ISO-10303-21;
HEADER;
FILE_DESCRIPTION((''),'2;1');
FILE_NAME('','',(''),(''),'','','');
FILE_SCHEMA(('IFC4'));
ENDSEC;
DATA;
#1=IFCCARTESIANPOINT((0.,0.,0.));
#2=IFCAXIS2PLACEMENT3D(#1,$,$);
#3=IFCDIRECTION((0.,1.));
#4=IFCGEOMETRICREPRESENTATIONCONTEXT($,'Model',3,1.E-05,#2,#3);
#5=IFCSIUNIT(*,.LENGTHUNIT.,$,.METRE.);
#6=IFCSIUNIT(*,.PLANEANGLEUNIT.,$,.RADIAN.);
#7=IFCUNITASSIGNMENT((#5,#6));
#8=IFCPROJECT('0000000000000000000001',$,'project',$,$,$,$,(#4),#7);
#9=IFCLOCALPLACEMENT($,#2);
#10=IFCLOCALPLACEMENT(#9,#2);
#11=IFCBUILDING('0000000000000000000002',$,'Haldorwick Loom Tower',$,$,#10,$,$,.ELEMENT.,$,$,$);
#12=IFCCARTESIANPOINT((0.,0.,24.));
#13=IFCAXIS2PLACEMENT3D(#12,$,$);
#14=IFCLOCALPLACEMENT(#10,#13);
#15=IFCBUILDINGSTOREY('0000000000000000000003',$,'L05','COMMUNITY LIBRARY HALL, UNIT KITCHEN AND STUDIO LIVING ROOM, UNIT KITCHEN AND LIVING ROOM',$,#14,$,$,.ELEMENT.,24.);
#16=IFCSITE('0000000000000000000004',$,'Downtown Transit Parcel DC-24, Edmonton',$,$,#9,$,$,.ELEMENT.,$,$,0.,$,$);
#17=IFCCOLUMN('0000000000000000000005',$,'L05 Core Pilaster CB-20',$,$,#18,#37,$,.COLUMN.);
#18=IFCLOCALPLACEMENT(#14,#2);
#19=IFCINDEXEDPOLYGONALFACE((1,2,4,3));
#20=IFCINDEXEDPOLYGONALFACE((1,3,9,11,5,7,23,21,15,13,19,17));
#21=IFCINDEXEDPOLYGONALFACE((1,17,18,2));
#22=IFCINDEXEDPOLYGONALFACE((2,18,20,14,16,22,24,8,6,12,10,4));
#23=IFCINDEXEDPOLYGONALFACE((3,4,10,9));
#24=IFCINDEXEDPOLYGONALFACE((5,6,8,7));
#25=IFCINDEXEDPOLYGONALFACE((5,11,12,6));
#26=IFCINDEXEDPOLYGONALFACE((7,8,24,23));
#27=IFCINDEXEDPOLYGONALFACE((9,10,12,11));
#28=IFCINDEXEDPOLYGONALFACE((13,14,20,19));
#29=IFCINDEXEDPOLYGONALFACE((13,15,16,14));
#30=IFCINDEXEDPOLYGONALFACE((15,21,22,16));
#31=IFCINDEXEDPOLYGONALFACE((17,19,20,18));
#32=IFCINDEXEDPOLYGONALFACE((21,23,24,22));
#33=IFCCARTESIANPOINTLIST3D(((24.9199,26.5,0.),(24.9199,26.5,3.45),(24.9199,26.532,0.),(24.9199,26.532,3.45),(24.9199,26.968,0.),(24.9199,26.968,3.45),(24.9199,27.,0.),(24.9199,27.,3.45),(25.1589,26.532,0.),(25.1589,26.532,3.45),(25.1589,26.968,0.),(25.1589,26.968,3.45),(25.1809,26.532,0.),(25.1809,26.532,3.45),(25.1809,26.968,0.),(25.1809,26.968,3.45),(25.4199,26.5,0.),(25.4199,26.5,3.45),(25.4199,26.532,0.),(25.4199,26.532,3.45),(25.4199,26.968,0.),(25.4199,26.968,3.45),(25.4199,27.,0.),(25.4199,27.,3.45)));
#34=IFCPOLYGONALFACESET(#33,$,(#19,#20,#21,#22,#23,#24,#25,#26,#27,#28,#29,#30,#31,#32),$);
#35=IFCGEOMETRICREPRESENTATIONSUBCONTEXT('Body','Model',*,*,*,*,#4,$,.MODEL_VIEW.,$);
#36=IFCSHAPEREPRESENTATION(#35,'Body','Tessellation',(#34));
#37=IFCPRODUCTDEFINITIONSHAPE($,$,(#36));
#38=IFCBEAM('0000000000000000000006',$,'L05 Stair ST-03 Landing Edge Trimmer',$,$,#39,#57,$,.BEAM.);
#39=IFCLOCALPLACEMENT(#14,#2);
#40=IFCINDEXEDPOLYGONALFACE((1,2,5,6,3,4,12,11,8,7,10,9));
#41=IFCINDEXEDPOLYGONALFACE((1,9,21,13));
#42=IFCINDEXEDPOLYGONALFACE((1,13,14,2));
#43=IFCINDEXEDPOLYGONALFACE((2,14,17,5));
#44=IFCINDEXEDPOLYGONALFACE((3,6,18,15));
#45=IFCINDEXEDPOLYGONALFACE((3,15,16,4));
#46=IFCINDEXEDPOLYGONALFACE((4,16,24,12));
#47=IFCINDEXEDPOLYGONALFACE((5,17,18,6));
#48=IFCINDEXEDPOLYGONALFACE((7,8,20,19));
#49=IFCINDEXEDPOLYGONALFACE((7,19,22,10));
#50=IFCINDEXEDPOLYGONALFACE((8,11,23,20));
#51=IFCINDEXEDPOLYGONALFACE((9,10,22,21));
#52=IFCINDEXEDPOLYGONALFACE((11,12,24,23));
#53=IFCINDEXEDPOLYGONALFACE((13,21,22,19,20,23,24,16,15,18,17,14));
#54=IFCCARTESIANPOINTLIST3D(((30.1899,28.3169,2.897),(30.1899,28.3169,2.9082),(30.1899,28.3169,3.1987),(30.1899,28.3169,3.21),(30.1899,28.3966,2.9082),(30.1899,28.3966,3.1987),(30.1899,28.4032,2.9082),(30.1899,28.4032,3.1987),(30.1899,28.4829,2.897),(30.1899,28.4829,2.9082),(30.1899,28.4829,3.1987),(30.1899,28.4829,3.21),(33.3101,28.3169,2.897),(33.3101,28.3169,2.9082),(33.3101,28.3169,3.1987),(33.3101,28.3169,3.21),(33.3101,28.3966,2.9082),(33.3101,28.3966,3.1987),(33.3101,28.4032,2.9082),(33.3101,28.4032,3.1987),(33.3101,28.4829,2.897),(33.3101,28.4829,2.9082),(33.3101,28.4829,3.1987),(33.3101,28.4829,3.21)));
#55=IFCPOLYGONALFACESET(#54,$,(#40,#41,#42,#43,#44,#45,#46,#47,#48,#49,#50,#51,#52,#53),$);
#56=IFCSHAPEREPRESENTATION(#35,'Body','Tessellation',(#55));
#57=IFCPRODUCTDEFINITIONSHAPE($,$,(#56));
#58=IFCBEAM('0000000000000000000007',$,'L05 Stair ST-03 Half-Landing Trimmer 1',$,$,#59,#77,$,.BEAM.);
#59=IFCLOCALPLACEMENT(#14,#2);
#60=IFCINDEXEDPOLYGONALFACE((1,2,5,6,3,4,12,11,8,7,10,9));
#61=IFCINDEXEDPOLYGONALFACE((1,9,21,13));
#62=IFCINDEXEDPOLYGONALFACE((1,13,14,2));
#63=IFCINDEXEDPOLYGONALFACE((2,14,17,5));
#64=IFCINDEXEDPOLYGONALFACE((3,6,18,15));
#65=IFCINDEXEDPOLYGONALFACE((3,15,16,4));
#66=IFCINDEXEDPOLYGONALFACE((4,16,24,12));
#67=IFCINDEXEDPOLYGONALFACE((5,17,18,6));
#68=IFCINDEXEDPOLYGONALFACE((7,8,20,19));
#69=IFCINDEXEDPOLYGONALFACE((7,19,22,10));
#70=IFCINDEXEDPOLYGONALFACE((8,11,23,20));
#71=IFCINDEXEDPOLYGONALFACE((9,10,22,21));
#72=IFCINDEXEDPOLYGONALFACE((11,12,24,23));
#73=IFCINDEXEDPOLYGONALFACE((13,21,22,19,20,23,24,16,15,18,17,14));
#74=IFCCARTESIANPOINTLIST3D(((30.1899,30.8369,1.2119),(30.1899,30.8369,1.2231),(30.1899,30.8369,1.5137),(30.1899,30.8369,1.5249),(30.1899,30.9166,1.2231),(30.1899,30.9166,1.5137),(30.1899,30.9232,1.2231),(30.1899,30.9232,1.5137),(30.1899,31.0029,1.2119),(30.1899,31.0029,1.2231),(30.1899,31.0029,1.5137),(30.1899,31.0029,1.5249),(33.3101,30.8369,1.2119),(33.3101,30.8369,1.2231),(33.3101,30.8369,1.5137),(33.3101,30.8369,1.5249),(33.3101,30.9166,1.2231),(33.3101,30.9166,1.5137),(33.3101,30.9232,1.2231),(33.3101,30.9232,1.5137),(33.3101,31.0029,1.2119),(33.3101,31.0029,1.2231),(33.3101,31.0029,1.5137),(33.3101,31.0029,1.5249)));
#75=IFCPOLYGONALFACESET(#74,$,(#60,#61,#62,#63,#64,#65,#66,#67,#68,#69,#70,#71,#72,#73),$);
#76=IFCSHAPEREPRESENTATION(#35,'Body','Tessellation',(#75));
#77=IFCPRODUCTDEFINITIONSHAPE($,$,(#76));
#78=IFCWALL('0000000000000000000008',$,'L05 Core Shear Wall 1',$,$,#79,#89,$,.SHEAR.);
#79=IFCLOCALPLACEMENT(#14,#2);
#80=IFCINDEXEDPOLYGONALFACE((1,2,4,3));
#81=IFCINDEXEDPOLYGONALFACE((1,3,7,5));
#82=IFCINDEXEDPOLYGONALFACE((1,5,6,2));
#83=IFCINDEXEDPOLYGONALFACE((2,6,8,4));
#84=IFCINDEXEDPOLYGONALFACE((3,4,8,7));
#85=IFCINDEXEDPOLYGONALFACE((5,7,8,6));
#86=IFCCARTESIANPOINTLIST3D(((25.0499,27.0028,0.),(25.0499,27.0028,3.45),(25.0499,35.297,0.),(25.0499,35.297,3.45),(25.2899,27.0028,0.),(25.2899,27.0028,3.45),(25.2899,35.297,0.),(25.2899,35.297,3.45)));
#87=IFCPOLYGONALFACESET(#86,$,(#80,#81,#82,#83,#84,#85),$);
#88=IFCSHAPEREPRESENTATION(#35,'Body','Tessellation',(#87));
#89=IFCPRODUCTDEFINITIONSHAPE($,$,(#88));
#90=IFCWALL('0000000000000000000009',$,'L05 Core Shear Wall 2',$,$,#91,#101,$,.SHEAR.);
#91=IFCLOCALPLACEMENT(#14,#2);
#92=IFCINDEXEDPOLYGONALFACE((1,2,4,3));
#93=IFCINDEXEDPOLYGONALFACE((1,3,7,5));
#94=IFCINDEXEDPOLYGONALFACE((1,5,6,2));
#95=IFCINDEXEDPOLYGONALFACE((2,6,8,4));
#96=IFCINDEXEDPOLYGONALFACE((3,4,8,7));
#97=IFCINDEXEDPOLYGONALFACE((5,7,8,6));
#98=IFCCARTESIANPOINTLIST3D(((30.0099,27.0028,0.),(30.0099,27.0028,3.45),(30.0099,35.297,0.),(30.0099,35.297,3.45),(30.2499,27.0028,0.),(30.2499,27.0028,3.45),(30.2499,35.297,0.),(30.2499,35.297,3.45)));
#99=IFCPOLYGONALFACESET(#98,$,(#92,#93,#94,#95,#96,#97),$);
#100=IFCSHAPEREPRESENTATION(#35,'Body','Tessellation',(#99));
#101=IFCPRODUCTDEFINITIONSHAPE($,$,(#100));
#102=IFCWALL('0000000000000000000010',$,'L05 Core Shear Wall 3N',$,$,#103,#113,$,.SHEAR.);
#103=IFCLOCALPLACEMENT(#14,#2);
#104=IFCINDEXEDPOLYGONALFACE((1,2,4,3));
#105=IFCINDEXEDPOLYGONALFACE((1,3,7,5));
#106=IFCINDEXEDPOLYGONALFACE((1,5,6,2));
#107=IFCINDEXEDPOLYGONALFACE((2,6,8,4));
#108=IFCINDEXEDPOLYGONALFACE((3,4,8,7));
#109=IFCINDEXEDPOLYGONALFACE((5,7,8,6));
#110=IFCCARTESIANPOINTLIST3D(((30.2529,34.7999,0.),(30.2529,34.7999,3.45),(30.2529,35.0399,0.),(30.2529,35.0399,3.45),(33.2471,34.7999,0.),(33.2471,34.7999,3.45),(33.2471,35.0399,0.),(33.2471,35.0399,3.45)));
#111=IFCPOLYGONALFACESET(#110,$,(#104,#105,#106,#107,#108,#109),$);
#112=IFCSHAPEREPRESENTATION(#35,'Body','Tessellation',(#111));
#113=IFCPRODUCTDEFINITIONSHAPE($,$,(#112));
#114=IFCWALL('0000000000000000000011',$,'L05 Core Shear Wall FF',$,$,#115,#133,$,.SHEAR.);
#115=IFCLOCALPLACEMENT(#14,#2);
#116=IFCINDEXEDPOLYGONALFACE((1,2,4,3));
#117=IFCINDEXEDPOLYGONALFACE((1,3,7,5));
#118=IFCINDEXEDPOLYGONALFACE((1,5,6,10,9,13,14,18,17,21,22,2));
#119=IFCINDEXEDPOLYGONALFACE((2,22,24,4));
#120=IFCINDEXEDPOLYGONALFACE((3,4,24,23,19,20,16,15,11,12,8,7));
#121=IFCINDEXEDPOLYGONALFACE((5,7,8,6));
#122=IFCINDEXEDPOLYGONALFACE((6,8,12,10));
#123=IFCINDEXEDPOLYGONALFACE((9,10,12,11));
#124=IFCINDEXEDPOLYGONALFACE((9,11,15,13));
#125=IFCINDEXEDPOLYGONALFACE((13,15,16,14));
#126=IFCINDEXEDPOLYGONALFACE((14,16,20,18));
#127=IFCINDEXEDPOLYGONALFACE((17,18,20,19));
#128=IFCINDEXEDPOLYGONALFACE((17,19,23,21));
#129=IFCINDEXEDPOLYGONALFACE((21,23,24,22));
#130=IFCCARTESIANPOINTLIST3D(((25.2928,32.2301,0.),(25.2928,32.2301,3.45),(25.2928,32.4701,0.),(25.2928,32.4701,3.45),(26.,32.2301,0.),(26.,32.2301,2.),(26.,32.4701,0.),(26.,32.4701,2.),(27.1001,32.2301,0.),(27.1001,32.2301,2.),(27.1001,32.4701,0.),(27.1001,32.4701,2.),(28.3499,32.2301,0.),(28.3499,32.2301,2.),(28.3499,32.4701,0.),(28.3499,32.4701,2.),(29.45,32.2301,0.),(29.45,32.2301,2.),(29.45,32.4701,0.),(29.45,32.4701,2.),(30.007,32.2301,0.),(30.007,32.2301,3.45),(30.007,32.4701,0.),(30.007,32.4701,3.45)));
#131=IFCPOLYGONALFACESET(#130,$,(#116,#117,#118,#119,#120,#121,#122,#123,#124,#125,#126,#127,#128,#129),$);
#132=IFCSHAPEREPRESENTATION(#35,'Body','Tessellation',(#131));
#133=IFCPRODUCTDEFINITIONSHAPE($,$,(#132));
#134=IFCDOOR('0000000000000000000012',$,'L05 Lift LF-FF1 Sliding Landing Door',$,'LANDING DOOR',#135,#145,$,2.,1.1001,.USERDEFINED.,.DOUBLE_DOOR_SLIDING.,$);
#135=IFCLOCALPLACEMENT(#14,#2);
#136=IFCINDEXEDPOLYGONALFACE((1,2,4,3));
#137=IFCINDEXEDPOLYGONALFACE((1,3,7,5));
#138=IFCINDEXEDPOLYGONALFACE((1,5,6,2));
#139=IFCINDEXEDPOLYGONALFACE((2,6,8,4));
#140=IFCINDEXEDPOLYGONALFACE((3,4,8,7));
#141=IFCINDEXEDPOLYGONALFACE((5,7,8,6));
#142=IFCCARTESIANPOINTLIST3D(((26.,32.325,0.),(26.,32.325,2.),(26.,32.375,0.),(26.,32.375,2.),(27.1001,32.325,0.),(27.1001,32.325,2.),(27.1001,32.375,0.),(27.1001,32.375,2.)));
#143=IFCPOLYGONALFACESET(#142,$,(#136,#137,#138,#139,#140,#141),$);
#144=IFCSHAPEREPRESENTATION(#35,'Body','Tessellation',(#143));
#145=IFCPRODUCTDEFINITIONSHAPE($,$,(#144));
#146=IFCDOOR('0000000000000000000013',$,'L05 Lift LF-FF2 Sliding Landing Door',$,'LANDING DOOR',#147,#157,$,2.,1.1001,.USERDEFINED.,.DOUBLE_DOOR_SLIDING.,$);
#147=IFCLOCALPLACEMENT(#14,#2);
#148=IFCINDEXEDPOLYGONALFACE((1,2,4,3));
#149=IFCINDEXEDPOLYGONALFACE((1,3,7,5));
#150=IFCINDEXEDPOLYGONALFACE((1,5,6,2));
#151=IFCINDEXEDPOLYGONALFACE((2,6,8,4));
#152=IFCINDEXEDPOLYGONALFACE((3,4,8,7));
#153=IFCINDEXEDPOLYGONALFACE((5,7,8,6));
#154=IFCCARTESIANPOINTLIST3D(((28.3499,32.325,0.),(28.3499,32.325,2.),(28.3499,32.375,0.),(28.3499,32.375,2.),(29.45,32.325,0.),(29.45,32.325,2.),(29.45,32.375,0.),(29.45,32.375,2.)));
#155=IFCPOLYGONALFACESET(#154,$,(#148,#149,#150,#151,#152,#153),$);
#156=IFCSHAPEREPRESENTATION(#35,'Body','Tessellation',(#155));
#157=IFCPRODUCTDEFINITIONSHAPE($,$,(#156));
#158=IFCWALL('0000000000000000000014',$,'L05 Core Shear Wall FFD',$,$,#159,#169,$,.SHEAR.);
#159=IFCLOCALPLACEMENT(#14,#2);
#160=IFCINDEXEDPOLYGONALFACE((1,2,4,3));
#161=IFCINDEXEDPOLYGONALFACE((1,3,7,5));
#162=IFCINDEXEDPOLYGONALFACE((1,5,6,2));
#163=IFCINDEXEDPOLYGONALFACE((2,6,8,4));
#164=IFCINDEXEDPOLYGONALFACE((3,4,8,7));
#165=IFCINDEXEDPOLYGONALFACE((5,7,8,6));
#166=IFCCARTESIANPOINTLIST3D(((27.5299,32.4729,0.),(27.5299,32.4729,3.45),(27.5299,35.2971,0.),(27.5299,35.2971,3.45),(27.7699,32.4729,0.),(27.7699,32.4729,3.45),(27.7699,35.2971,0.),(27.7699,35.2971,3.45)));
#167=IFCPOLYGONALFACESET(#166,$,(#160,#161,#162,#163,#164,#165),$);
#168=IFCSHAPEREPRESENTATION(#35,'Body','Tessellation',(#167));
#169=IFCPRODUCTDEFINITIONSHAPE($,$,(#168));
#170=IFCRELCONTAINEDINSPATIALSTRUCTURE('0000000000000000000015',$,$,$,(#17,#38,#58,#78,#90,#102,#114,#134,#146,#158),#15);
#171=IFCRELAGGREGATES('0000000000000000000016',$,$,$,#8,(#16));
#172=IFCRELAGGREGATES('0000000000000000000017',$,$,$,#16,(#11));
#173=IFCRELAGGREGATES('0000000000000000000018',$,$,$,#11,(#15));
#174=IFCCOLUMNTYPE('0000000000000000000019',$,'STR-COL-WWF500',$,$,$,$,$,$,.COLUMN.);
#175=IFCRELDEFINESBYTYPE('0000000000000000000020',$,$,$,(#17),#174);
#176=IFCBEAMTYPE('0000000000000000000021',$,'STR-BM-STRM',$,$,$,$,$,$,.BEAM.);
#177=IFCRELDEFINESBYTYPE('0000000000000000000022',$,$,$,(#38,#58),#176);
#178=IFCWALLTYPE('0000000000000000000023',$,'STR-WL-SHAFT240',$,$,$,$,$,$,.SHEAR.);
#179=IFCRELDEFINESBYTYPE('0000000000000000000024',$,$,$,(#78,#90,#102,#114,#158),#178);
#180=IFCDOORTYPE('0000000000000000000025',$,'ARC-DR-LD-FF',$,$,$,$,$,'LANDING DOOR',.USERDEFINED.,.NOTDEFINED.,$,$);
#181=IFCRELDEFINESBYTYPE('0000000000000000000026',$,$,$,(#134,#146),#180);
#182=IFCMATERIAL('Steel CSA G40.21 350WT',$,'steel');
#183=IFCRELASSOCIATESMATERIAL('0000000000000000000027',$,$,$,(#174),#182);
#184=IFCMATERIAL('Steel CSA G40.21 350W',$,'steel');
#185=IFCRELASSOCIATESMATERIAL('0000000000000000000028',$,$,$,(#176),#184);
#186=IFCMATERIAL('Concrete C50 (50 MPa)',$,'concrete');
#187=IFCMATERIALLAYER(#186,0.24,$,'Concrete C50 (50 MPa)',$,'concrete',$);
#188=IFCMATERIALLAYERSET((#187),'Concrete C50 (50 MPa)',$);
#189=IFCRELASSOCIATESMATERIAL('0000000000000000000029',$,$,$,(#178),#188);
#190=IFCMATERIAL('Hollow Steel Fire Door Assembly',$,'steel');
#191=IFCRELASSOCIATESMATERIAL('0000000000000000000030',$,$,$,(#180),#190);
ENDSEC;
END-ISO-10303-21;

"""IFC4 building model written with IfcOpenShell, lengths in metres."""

from ifc_helpers import new_model, si_unit, direction, frame, frame_2d, origin, origin_2d, place, context, subcontext, project, spatial, rectangle, i_section, extrude, material, layer, layer_set, material_profile, profile_set, type_object, element, fill, save


model = new_model("IFC4")

# Units and contexts
model_context = context("Model", 3, precision=1e-05, world=origin(), true_north=direction((0.0, 1.0)))
body_context = subcontext(model_context, "Body", "Model", "MODEL_VIEW")
ifc_project = project(units=[si_unit("LENGTHUNIT", "METRE"), si_unit("PLANEANGLEUNIT", "RADIAN")], contexts=[model_context])

# Site, building, storey
site_placement = place(None, origin())
site = spatial("IfcSite", under=ifc_project, at=site_placement, Name="Downtown Transit Parcel DC-24, Edmonton", CompositionType="ELEMENT", RefElevation=0.0)
building_placement = place(site_placement, origin())
building = spatial("IfcBuilding", under=site, at=building_placement, Name="Haldorwick Loom Tower", CompositionType="ELEMENT")
storey_placement = place(building_placement, frame((0.0, 0.0, 24.0)))
storey = spatial("IfcBuildingStorey", under=building, at=storey_placement, Name="L05", Description="COMMUNITY LIBRARY HALL, UNIT KITCHEN AND STUDIO LIVING ROOM, UNIT KITCHEN AND LIVING ROOM", CompositionType="ELEMENT", Elevation=24.0)

# Column
ifc_material_1 = material(Name="Steel CSA G40.21 350WT", Category="steel")
ifc_material_profile_1 = material_profile(ifc_material_1, i_section(OverallWidth=0.5, OverallDepth=0.5, WebThickness=0.022, FlangeThickness=0.032, at=origin_2d()), Name="WWF500X500", Category="steel")
ifc_profile_set_1 = profile_set([ifc_material_profile_1], Name="Steel CSA G40.21 350WT")
column_type = type_object("IfcColumnType", Name="STR-COL-WWF500", PredefinedType="COLUMN", material=ifc_profile_set_1)
column_placement = place(storey_placement, frame((25.1699, 26.75, 0.0), z_axis=(0.0, 0.0, 1.0), x_axis=(1.0, 0.0, 0.0)))
element("IfcColumn", 1, at=column_placement, inside=storey, type_object=column_type, Name="L05 Core Pilaster CB-20", PredefinedType="COLUMN", context=body_context, shape_type="SweptSolid", body=[
    extrude(i_section(OverallWidth=0.5, OverallDepth=0.5, WebThickness=0.022, FlangeThickness=0.032, at=origin_2d()), origin(), (0.0, 0.0, 1.0), 3.45),
])

# Beams
ifc_material_2 = material(Name="Steel CSA G40.21 350W", Category="steel")
ifc_material_profile_2 = material_profile(ifc_material_2, i_section(OverallWidth=0.166, OverallDepth=0.313, WebThickness=0.0066, FlangeThickness=0.0112, at=origin_2d()), Name="W310X45", Category="steel")
ifc_profile_set_2 = profile_set([ifc_material_profile_2], Name="Steel CSA G40.21 350W")
beam_type = type_object("IfcBeamType", Name="STR-BM-STRM", PredefinedType="BEAM", material=ifc_profile_set_2)
for number, where, z_axis, x_axis, name in (
    (2, (30.1899, 28.3999, 3.0535), (1.0, 0.0, 0.0), (0.0, 1.0, 0.0), "L05 Stair ST-03 Landing Edge Trimmer"),
    (3, (30.1899, 30.9199, 1.3684), (1.0, 0.0, 0.0), (0.0, 1.0, 0.0), "L05 Stair ST-03 Half-Landing Trimmer 1"),
):
    element("IfcBeam", number, at=place(storey_placement, frame(where, z_axis=z_axis, x_axis=x_axis)), inside=storey, type_object=beam_type, Name=name, PredefinedType="BEAM", context=body_context, shape_type="SweptSolid", body=[
        extrude(i_section(OverallWidth=0.166, OverallDepth=0.313, WebThickness=0.0066, FlangeThickness=0.0112, at=origin_2d()), origin(), (0.0, 0.0, 1.0), 3.1201),
    ])

# Walls
ifc_material_3 = material(Name="Concrete C50 (50 MPa)", Category="concrete")
ifc_layer = layer(ifc_material_3, 0.24, Name="Concrete C50 (50 MPa)", Category="concrete")
ifc_layer_set = layer_set([ifc_layer], Name="Concrete C50 (50 MPa)")
wall_type = type_object("IfcWallType", Name="STR-WL-SHAFT240", PredefinedType="SHEAR", material=ifc_layer_set)
for number, where, z_axis, x_axis, name in (
    (4, (25.1699, 27.0029, 0.0), (0.0, 0.0, 1.0), (0.0, 1.0, 0.0), "L05 Core Shear Wall 1"),
    (5, (30.1299, 27.0029, 0.0), (0.0, 0.0, 1.0), (0.0, 1.0, 0.0), "L05 Core Shear Wall 2"),
):
    element("IfcWall", number, at=place(storey_placement, frame(where, z_axis=z_axis, x_axis=x_axis)), inside=storey, type_object=wall_type, Name=name, PredefinedType="SHEAR", context=body_context, shape_type="SweptSolid", body=[
        extrude(rectangle(XDim=8.2942, YDim=0.24, at=frame_2d((4.147, 0.0))), origin(), (0.0, 0.0, 1.0), 3.45),
    ])
wall_1_placement = place(storey_placement, frame((30.2529, 34.9199, 0.0), z_axis=(0.0, 0.0, 1.0), x_axis=(1.0, 0.0, 0.0)))
element("IfcWall", 6, at=wall_1_placement, inside=storey, type_object=wall_type, Name="L05 Core Shear Wall 3N", PredefinedType="SHEAR", context=body_context, shape_type="SweptSolid", body=[
    extrude(rectangle(XDim=2.9941, YDim=0.24, at=frame_2d((1.4971, 0.0))), origin(), (0.0, 0.0, 1.0), 3.45),
])

# Wall, openings, doors
wall_2_placement = place(storey_placement, frame((25.293, 32.3501, 0.0), z_axis=(0.0, 0.0, 1.0), x_axis=(1.0, 0.0, 0.0)))
wall_2 = element("IfcWall", 7, at=wall_2_placement, inside=storey, type_object=wall_type, Name="L05 Core Shear Wall FF", PredefinedType="SHEAR", context=body_context, shape_type="SweptSolid", body=[
    extrude(rectangle(XDim=4.7141, YDim=0.24, at=frame_2d((2.3569, 0.0))), origin(), (0.0, 0.0, 1.0), 3.45),
])
opening_1_placement = place(wall_2_placement, frame((0.707, 0.0, 0.0)))
opening_1 = element("IfcOpeningElement", 8, at=opening_1_placement, cuts=wall_2, PredefinedType="OPENING", context=body_context, shape_type="SweptSolid", body=[
    extrude(rectangle(XDim=1.1001, YDim=2.0, at=frame_2d((0.55, 1.0))), frame((0.0, 0.1299, 0.0), z_axis=(0.0, -1.0, 0.0), x_axis=(1.0, 0.0, 0.0)), (0.0, 0.0, 1.0), 0.26),
])
opening_2_placement = place(wall_2_placement, frame((3.0569, 0.0, 0.0)))
opening_2 = element("IfcOpeningElement", 9, at=opening_2_placement, cuts=wall_2, PredefinedType="OPENING", context=body_context, shape_type="SweptSolid", body=[
    extrude(rectangle(XDim=1.1001, YDim=2.0, at=frame_2d((0.55, 1.0))), frame((0.0, 0.1299, 0.0), z_axis=(0.0, -1.0, 0.0), x_axis=(1.0, 0.0, 0.0)), (0.0, 0.0, 1.0), 0.26),
])
ifc_material_4 = material(Name="Hollow Steel Fire Door Assembly", Category="steel")
door_type = type_object("IfcDoorType", Name="ARC-DR-LD-FF", ElementType="LANDING DOOR", OperationType="NOTDEFINED", PredefinedType="USERDEFINED", material=ifc_material_4)
door_1_placement = place(opening_1_placement, origin())
door_1 = element("IfcDoor", 10, at=door_1_placement, inside=storey, type_object=door_type, Name="L05 Lift LF-FF1 Sliding Landing Door", ObjectType="LANDING DOOR", OperationType="DOUBLE_DOOR_SLIDING", OverallHeight=2.0, OverallWidth=1.1001, PredefinedType="USERDEFINED", context=body_context, shape_type="SweptSolid", body=[
    extrude(rectangle(XDim=1.1001, YDim=2.0, at=frame_2d((0.55, 1.0))), frame((0.0, 0.0249, 0.0), z_axis=(0.0, -1.0, 0.0), x_axis=(1.0, 0.0, 0.0)), (0.0, 0.0, 1.0), 0.05),
])
fill(opening_1, door_1)
door_2_placement = place(opening_2_placement, origin())
door_2 = element("IfcDoor", 11, at=door_2_placement, inside=storey, type_object=door_type, Name="L05 Lift LF-FF2 Sliding Landing Door", ObjectType="LANDING DOOR", OperationType="DOUBLE_DOOR_SLIDING", OverallHeight=2.0, OverallWidth=1.1001, PredefinedType="USERDEFINED", context=body_context, shape_type="SweptSolid", body=[
    extrude(rectangle(XDim=1.1001, YDim=2.0, at=frame_2d((0.55, 1.0))), frame((0.0, 0.0249, 0.0), z_axis=(0.0, -1.0, 0.0), x_axis=(1.0, 0.0, 0.0)), (0.0, 0.0, 1.0), 0.05),
])
fill(opening_2, door_2)

# Wall
wall_3_placement = place(storey_placement, frame((27.6499, 32.4729, 0.0), z_axis=(0.0, 0.0, 1.0), x_axis=(0.0, 1.0, 0.0)))
element("IfcWall", 12, at=wall_3_placement, inside=storey, type_object=wall_type, Name="L05 Core Shear Wall FFD", PredefinedType="SHEAR", context=body_context, shape_type="SweptSolid", body=[
    extrude(rectangle(XDim=2.8242, YDim=0.24, at=frame_2d((1.4121, 0.0))), origin(), (0.0, 0.0, 1.0), 3.45),
])

save(model, "model.ifc")
